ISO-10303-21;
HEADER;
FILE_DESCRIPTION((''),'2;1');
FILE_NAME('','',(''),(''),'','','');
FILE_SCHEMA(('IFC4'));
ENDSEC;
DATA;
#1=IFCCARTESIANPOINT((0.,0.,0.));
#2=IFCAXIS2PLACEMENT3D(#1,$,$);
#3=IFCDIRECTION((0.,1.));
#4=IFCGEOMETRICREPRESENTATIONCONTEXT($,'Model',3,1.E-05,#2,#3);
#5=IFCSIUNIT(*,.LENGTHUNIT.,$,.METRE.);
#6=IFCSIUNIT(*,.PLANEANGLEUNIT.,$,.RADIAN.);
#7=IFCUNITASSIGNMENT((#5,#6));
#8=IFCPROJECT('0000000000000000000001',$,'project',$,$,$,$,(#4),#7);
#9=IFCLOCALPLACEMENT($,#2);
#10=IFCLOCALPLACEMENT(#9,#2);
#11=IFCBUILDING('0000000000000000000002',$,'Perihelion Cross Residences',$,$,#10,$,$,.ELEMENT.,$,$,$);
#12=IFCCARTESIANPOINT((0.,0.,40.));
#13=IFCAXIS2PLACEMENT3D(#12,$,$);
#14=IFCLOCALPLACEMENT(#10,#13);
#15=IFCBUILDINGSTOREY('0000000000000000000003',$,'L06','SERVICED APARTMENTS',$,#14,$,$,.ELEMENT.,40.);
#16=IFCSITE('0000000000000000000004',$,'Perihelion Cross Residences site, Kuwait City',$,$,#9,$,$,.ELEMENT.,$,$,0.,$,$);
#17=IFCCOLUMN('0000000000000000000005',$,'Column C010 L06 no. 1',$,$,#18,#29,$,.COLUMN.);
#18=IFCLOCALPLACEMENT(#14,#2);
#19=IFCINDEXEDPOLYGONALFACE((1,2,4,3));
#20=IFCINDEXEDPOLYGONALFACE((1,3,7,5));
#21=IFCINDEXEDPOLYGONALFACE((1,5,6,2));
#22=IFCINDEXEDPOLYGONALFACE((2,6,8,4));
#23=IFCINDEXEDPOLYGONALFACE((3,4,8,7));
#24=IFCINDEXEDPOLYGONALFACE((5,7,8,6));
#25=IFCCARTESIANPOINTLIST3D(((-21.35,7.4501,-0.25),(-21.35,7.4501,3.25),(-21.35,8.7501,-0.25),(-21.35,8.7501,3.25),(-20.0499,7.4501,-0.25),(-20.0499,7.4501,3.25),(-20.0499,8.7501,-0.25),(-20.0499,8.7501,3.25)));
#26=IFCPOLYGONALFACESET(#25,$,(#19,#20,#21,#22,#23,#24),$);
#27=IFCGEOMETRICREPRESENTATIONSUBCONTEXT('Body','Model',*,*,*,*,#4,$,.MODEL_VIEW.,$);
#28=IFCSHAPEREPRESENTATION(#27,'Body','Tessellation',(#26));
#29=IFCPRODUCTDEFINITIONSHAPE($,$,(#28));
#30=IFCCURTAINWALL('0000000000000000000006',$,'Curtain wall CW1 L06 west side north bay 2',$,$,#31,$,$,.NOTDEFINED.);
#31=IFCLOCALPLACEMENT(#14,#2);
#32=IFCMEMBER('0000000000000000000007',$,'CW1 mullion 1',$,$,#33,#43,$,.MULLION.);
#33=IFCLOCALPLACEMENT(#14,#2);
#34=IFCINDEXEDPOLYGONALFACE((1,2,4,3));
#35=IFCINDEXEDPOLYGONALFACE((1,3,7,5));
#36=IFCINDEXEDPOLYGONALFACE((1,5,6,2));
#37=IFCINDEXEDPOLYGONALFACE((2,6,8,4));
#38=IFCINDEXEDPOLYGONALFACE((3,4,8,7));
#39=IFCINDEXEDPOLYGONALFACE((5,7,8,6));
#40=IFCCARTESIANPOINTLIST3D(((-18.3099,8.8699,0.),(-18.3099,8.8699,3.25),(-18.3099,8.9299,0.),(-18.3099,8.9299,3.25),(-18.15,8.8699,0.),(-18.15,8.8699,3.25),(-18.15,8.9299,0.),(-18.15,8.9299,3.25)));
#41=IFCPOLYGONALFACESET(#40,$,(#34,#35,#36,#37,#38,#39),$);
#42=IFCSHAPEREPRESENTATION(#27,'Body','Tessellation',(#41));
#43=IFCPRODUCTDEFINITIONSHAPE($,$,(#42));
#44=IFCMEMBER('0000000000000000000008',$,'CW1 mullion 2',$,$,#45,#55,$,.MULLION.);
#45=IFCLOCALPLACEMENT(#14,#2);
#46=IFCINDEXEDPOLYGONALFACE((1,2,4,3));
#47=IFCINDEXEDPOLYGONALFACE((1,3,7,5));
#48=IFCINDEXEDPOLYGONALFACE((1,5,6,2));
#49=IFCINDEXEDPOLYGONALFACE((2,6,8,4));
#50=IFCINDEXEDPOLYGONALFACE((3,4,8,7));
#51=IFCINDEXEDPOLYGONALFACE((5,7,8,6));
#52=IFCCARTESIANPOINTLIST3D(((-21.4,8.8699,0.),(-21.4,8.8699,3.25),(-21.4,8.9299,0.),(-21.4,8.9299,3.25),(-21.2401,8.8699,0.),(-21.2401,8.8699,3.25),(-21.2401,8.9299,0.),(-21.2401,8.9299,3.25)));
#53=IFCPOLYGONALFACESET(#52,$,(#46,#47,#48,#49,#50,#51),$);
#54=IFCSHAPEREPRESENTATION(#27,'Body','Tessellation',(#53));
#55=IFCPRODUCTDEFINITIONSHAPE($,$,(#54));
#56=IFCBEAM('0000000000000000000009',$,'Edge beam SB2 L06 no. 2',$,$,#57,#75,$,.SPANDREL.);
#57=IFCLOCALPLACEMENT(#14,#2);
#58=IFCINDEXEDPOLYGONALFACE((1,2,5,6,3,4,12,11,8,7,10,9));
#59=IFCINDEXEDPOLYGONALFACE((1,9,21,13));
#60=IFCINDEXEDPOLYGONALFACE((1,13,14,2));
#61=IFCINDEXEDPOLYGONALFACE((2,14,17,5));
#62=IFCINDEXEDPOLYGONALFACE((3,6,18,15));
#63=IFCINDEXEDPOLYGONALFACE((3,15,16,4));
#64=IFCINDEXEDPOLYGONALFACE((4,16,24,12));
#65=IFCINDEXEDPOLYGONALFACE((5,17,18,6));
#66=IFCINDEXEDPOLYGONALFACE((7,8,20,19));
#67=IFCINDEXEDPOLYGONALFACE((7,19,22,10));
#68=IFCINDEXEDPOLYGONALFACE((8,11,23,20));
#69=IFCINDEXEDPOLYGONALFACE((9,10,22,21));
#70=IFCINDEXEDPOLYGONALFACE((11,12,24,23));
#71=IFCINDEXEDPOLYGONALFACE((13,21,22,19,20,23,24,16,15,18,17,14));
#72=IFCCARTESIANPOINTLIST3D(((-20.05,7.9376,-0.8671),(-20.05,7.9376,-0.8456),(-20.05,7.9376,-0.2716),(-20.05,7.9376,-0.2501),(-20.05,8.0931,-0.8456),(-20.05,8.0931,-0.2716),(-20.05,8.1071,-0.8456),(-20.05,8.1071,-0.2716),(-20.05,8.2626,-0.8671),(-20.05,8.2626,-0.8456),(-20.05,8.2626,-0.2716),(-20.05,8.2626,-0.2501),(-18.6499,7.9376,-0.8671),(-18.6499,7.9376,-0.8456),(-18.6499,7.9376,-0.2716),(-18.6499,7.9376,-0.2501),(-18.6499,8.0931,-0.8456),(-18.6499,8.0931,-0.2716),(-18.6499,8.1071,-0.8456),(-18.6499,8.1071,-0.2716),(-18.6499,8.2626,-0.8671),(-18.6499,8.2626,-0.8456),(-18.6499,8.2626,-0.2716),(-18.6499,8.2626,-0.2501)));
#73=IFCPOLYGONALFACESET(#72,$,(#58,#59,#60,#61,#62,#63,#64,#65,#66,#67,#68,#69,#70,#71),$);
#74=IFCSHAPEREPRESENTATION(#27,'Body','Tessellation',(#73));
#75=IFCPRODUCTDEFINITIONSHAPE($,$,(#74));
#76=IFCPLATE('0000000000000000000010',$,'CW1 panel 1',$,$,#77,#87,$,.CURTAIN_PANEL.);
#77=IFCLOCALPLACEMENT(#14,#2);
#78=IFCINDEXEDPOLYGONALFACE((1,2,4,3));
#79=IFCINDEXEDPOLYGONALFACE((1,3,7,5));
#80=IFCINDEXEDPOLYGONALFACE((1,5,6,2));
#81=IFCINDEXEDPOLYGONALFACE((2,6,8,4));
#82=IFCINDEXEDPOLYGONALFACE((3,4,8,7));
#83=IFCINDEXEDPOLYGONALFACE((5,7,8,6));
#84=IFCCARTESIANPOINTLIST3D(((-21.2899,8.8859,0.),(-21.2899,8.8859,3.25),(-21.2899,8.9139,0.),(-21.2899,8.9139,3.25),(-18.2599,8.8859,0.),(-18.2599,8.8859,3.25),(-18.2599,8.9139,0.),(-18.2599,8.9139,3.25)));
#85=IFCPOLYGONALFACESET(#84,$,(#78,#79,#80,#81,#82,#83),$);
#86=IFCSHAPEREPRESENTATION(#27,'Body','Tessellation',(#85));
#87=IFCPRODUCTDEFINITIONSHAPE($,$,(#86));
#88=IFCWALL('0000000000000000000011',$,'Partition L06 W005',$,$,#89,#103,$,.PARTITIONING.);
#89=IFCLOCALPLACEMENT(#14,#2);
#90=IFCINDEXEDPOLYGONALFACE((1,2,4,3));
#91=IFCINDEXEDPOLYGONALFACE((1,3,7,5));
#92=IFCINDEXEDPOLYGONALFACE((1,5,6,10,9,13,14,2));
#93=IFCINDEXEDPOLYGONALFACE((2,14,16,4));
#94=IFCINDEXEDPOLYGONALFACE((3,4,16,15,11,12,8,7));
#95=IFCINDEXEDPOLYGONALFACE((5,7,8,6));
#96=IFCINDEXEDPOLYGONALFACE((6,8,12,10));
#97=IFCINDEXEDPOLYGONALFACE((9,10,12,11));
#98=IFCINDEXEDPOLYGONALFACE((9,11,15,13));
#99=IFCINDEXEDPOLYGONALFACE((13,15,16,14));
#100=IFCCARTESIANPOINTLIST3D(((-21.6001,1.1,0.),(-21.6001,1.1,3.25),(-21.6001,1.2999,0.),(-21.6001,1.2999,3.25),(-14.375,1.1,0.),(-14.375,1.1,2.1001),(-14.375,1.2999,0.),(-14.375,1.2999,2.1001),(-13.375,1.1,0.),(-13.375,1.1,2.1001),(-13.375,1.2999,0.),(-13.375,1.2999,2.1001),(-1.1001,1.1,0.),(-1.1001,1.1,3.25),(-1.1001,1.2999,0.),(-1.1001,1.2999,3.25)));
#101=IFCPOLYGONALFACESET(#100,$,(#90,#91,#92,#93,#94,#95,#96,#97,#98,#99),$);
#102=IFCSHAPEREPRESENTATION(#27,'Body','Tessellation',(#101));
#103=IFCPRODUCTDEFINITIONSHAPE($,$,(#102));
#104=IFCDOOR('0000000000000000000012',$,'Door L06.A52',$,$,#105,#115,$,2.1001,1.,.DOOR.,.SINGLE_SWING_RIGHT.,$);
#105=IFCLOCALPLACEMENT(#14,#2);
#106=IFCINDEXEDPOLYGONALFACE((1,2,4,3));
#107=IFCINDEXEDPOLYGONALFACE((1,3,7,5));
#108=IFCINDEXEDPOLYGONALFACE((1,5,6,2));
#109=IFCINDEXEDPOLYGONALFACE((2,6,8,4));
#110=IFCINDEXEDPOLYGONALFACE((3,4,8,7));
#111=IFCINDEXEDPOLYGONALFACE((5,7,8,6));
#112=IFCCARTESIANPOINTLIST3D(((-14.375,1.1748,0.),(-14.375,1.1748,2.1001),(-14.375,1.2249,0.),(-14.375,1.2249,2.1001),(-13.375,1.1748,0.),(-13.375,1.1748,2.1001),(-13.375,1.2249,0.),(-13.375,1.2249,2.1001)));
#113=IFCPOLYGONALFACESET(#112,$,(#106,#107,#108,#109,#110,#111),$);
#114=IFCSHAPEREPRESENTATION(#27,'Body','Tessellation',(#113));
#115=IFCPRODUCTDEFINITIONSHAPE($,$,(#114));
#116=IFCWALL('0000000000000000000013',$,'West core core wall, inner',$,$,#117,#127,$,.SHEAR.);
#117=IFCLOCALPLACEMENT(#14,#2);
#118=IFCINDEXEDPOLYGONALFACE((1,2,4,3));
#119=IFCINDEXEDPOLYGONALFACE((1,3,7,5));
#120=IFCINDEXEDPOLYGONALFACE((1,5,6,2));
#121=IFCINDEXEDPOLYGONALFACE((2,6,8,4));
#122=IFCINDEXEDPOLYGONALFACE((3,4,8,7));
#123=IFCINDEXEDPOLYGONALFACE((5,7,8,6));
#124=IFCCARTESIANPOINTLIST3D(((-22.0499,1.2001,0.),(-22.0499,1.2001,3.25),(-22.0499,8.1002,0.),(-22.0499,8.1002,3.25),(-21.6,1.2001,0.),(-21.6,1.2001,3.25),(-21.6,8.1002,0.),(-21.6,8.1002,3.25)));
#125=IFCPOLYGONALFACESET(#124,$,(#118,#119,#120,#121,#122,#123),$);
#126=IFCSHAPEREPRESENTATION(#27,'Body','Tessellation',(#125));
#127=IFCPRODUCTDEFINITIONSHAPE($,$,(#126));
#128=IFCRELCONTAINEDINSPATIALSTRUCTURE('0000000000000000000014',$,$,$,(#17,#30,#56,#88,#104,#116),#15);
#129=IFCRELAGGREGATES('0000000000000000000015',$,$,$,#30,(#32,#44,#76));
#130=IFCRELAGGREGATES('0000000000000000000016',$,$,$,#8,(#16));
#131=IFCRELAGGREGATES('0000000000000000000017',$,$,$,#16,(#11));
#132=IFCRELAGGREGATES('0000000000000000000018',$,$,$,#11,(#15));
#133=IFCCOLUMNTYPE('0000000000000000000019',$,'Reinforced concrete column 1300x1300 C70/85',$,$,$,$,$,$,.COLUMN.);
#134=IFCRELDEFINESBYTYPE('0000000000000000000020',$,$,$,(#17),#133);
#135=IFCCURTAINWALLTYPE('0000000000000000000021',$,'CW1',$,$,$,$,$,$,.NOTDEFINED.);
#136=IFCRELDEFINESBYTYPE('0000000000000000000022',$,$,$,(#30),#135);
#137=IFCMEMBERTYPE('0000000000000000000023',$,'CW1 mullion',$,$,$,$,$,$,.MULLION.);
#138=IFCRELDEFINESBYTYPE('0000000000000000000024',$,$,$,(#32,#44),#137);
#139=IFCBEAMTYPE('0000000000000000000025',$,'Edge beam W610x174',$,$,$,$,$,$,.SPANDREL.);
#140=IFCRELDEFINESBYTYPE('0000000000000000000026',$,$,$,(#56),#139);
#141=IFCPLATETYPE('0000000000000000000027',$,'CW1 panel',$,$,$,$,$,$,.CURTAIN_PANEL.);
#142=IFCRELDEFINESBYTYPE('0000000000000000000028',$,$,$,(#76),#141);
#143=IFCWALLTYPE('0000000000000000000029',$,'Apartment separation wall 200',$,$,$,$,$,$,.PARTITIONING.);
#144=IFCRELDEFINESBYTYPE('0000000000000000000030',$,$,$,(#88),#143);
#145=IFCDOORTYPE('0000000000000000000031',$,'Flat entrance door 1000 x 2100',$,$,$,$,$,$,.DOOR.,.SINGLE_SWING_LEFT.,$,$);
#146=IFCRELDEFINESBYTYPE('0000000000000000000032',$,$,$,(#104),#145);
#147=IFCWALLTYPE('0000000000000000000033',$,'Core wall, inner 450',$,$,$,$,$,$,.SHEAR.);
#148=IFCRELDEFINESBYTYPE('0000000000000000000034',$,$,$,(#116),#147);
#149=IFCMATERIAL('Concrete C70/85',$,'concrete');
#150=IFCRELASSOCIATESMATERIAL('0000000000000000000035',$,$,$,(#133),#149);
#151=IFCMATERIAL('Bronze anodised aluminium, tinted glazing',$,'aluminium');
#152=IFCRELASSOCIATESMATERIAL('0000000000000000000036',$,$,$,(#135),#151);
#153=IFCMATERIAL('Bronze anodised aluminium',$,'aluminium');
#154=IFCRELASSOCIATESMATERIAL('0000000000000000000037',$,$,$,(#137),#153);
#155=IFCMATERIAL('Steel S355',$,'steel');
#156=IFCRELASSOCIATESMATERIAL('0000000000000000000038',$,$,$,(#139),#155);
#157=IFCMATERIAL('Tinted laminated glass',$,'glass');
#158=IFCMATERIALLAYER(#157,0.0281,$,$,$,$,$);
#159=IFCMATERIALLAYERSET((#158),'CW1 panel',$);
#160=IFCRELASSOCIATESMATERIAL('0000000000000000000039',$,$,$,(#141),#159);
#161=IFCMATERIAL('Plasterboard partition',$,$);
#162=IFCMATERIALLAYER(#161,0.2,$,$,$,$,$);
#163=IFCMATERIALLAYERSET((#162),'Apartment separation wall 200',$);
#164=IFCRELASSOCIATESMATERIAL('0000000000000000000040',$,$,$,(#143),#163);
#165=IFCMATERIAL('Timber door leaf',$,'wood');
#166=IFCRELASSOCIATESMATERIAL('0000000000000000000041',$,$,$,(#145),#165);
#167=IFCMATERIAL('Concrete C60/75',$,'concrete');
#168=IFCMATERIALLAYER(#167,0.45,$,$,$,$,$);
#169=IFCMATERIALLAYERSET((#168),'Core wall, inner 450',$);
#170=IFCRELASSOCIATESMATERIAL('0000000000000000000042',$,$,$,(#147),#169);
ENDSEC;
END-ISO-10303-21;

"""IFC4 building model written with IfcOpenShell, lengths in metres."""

from ifc_helpers import new_model, si_unit, direction, frame, frame_2d, origin, origin_2d, place, context, subcontext, project, spatial, rectangle, i_section, extrude, material, layer, layer_set, material_profile, profile_set, type_object, element, fill, aggregate, save


model = new_model("IFC4")

# Units and contexts
model_context = context("Model", 3, precision=1e-05, world=origin(), true_north=direction((0.0, 1.0)))
body_context = subcontext(model_context, "Body", "Model", "MODEL_VIEW")
ifc_project = project(units=[si_unit("LENGTHUNIT", "METRE"), si_unit("PLANEANGLEUNIT", "RADIAN")], contexts=[model_context])

# Site, building, storey
site_placement = place(None, origin())
site = spatial("IfcSite", under=ifc_project, at=site_placement, Name="Perihelion Cross Residences site, Kuwait City", CompositionType="ELEMENT", RefElevation=0.0)
building_placement = place(site_placement, origin())
building = spatial("IfcBuilding", under=site, at=building_placement, Name="Perihelion Cross Residences", CompositionType="ELEMENT")
storey_placement = place(building_placement, frame((0.0, 0.0, 40.0)))
storey = spatial("IfcBuildingStorey", under=building, at=storey_placement, Name="L06", Description="SERVICED APARTMENTS", CompositionType="ELEMENT", Elevation=40.0)

# Column
ifc_material_1 = material(Name="Concrete C70/85", Category="concrete")
ifc_material_profile_1 = material_profile(ifc_material_1, rectangle(XDim=1.3, YDim=1.3, at=origin_2d()), Name="RC 1300x1300")
ifc_profile_set_1 = profile_set([ifc_material_profile_1], Name="Concrete C70/85")
column_type = type_object("IfcColumnType", Name="Reinforced concrete column 1300x1300 C70/85", PredefinedType="COLUMN", material=ifc_profile_set_1)
column_placement = place(storey_placement, frame((-20.7, 8.1001, -0.25), z_axis=(0.0, 0.0, 1.0), x_axis=(1.0, 0.0, 0.0)))
element("IfcColumn", 1, at=column_placement, inside=storey, type_object=column_type, Name="Column C010 L06 no. 1", PredefinedType="COLUMN", context=body_context, shape_type="SweptSolid", body=[
    extrude(rectangle(XDim=1.3, YDim=1.3, at=origin_2d()), origin(), (0.0, 0.0, 1.0), 3.5),
])

# Curtain wall, members
ifc_material_2 = material(Name="Bronze anodised aluminium, tinted glazing", Category="aluminium")
curtain_wall_type = type_object("IfcCurtainWallType", Name="CW1", PredefinedType="NOTDEFINED", material=ifc_material_2)
curtain_wall_placement = place(storey_placement, origin())
curtain_wall = element("IfcCurtainWall", 2, at=curtain_wall_placement, inside=storey, type_object=curtain_wall_type, Name="Curtain wall CW1 L06 west side north bay 2", PredefinedType="NOTDEFINED")
ifc_material_3 = material(Name="Bronze anodised aluminium", Category="aluminium")
ifc_material_profile_2 = material_profile(ifc_material_3, rectangle(XDim=0.0601, YDim=0.1599, at=origin_2d()), Name="CW1 mullion")
ifc_profile_set_2 = profile_set([ifc_material_profile_2], Name="Bronze anodised aluminium")
member_type = type_object("IfcMemberType", Name="CW1 mullion", PredefinedType="MULLION", material=ifc_profile_set_2)
member_1_placement = place(storey_placement, frame((-18.23, 8.8999, 0.0), z_axis=(0.0, 0.0, 1.0), x_axis=(0.0, -1.0, 0.0)))
member_1 = element("IfcMember", 3, at=member_1_placement, type_object=member_type, Name="CW1 mullion 1", PredefinedType="MULLION", context=body_context, shape_type="SweptSolid", body=[
    extrude(rectangle(XDim=0.0601, YDim=0.1599, at=origin_2d()), origin(), (0.0, 0.0, 1.0), 3.25),
])
member_2_placement = place(storey_placement, frame((-21.3201, 8.8999, 0.0), z_axis=(0.0, 0.0, 1.0), x_axis=(0.0, -1.0, 0.0)))
member_2 = element("IfcMember", 4, at=member_2_placement, type_object=member_type, Name="CW1 mullion 2", PredefinedType="MULLION", context=body_context, shape_type="SweptSolid", body=[
    extrude(rectangle(XDim=0.0601, YDim=0.1599, at=origin_2d()), origin(), (0.0, 0.0, 1.0), 3.25),
])

# Beam
ifc_material_4 = material(Name="Steel S355", Category="steel")
ifc_material_profile_3 = material_profile(ifc_material_4, i_section(OverallWidth=0.325, OverallDepth=0.6169, WebThickness=0.0139, FlangeThickness=0.0215, at=origin_2d()), Name="W610x174")
ifc_profile_set_3 = profile_set([ifc_material_profile_3], Name="Steel S355")
beam_type = type_object("IfcBeamType", Name="Edge beam W610x174", PredefinedType="SPANDREL", material=ifc_profile_set_3)
beam_placement = place(storey_placement, frame((-18.6499, 8.1001, -0.5586), z_axis=(-1.0, 0.0, 0.0), x_axis=(0.0, -1.0, 0.0)))
element("IfcBeam", 5, at=beam_placement, inside=storey, type_object=beam_type, Name="Edge beam SB2 L06 no. 2", PredefinedType="SPANDREL", context=body_context, shape_type="SweptSolid", body=[
    extrude(i_section(OverallWidth=0.325, OverallDepth=0.6169, WebThickness=0.0139, FlangeThickness=0.0215, at=origin_2d()), origin(), (0.0, 0.0, 1.0), 1.4001),
])

# Plate
ifc_material_5 = material(Name="Tinted laminated glass", Category="glass")
ifc_layer_1 = layer(ifc_material_5, 0.0281)
ifc_layer_set_1 = layer_set([ifc_layer_1], Name="CW1 panel")
plate_type = type_object("IfcPlateType", Name="CW1 panel", PredefinedType="CURTAIN_PANEL", material=ifc_layer_set_1)
plate_placement = place(storey_placement, frame((-19.7749, 8.8999, 0.0), z_axis=(0.0, 0.0, 1.0), x_axis=(-1.0, 0.0, 0.0)))
plate = element("IfcPlate", 6, at=plate_placement, type_object=plate_type, Name="CW1 panel 1", PredefinedType="CURTAIN_PANEL", context=body_context, shape_type="SweptSolid", body=[
    extrude(rectangle(XDim=3.03, YDim=0.0281, at=origin_2d()), origin(), (0.0, 0.0, 1.0), 3.25),
])
aggregate(curtain_wall, [member_1, member_2, plate])

# Wall, opening, door
ifc_material_6 = material(Name="Plasterboard partition")
ifc_layer_2 = layer(ifc_material_6, 0.2)
ifc_layer_set_2 = layer_set([ifc_layer_2], Name="Apartment separation wall 200")
wall_type_1 = type_object("IfcWallType", Name="Apartment separation wall 200", PredefinedType="PARTITIONING", material=ifc_layer_set_2)
wall_1_placement = place(storey_placement, frame((-21.6001, 1.2, 0.0), z_axis=(0.0, 0.0, 1.0), x_axis=(1.0, 0.0, 0.0)))
wall_1 = element("IfcWall", 7, at=wall_1_placement, inside=storey, type_object=wall_type_1, Name="Partition L06 W005", PredefinedType="PARTITIONING", context=body_context, shape_type="SweptSolid", body=[
    extrude(rectangle(XDim=20.5, YDim=0.2, at=frame_2d((10.25, 0.0))), origin(), (0.0, 0.0, 1.0), 3.25),
])
opening_1_placement = place(wall_1_placement, frame((7.2251, 0.0, 0.0)))
opening_1 = element("IfcOpeningElement", 8, at=opening_1_placement, cuts=wall_1, PredefinedType="OPENING", context=body_context, shape_type="SweptSolid", body=[
    extrude(rectangle(XDim=1.0, YDim=2.1001, at=frame_2d((0.5, 1.05))), frame((0.0, 0.1099, 0.0), z_axis=(0.0, -1.0, 0.0), x_axis=(1.0, 0.0, 0.0)), (0.0, 0.0, 1.0), 0.22),
])
ifc_material_7 = material(Name="Timber door leaf", Category="wood")
door_type_1 = type_object("IfcDoorType", Name="Flat entrance door 1000 x 2100", OperationType="SINGLE_SWING_LEFT", PredefinedType="DOOR", material=ifc_material_7)
door_1_placement = place(opening_1_placement, origin())
door_1 = element("IfcDoor", 9, at=door_1_placement, inside=storey, type_object=door_type_1, Name="Door L06.A52", OperationType="SINGLE_SWING_RIGHT", OverallHeight=2.1001, OverallWidth=1.0, PredefinedType="DOOR", context=body_context, shape_type="SweptSolid", body=[
    extrude(rectangle(XDim=1.0, YDim=2.1001, at=frame_2d((0.5, 1.05))), frame((0.0, 0.0249, 0.0), z_axis=(0.0, -1.0, 0.0), x_axis=(1.0, 0.0, 0.0)), (0.0, 0.0, 1.0), 0.05),
])
fill(opening_1, door_1)

# Wall
ifc_material_8 = material(Name="Concrete C60/75", Category="concrete")
ifc_layer_3 = layer(ifc_material_8, 0.45)
ifc_layer_set_3 = layer_set([ifc_layer_3], Name="Core wall, inner 450")
wall_type_2 = type_object("IfcWallType", Name="Core wall, inner 450", PredefinedType="SHEAR", material=ifc_layer_set_3)
wall_2_placement = place(storey_placement, frame((-21.825, 1.2, 0.0), z_axis=(0.0, 0.0, 1.0), x_axis=(0.0, 1.0, 0.0)))
element("IfcWall", 10, at=wall_2_placement, inside=storey, type_object=wall_type_2, Name="West core core wall, inner", PredefinedType="SHEAR", context=body_context, shape_type="SweptSolid", body=[
    extrude(rectangle(XDim=6.9001, YDim=0.45, at=frame_2d((3.4502, 0.0))), origin(), (0.0, 0.0, 1.0), 3.25),
])

save(model, "model.ifc")
